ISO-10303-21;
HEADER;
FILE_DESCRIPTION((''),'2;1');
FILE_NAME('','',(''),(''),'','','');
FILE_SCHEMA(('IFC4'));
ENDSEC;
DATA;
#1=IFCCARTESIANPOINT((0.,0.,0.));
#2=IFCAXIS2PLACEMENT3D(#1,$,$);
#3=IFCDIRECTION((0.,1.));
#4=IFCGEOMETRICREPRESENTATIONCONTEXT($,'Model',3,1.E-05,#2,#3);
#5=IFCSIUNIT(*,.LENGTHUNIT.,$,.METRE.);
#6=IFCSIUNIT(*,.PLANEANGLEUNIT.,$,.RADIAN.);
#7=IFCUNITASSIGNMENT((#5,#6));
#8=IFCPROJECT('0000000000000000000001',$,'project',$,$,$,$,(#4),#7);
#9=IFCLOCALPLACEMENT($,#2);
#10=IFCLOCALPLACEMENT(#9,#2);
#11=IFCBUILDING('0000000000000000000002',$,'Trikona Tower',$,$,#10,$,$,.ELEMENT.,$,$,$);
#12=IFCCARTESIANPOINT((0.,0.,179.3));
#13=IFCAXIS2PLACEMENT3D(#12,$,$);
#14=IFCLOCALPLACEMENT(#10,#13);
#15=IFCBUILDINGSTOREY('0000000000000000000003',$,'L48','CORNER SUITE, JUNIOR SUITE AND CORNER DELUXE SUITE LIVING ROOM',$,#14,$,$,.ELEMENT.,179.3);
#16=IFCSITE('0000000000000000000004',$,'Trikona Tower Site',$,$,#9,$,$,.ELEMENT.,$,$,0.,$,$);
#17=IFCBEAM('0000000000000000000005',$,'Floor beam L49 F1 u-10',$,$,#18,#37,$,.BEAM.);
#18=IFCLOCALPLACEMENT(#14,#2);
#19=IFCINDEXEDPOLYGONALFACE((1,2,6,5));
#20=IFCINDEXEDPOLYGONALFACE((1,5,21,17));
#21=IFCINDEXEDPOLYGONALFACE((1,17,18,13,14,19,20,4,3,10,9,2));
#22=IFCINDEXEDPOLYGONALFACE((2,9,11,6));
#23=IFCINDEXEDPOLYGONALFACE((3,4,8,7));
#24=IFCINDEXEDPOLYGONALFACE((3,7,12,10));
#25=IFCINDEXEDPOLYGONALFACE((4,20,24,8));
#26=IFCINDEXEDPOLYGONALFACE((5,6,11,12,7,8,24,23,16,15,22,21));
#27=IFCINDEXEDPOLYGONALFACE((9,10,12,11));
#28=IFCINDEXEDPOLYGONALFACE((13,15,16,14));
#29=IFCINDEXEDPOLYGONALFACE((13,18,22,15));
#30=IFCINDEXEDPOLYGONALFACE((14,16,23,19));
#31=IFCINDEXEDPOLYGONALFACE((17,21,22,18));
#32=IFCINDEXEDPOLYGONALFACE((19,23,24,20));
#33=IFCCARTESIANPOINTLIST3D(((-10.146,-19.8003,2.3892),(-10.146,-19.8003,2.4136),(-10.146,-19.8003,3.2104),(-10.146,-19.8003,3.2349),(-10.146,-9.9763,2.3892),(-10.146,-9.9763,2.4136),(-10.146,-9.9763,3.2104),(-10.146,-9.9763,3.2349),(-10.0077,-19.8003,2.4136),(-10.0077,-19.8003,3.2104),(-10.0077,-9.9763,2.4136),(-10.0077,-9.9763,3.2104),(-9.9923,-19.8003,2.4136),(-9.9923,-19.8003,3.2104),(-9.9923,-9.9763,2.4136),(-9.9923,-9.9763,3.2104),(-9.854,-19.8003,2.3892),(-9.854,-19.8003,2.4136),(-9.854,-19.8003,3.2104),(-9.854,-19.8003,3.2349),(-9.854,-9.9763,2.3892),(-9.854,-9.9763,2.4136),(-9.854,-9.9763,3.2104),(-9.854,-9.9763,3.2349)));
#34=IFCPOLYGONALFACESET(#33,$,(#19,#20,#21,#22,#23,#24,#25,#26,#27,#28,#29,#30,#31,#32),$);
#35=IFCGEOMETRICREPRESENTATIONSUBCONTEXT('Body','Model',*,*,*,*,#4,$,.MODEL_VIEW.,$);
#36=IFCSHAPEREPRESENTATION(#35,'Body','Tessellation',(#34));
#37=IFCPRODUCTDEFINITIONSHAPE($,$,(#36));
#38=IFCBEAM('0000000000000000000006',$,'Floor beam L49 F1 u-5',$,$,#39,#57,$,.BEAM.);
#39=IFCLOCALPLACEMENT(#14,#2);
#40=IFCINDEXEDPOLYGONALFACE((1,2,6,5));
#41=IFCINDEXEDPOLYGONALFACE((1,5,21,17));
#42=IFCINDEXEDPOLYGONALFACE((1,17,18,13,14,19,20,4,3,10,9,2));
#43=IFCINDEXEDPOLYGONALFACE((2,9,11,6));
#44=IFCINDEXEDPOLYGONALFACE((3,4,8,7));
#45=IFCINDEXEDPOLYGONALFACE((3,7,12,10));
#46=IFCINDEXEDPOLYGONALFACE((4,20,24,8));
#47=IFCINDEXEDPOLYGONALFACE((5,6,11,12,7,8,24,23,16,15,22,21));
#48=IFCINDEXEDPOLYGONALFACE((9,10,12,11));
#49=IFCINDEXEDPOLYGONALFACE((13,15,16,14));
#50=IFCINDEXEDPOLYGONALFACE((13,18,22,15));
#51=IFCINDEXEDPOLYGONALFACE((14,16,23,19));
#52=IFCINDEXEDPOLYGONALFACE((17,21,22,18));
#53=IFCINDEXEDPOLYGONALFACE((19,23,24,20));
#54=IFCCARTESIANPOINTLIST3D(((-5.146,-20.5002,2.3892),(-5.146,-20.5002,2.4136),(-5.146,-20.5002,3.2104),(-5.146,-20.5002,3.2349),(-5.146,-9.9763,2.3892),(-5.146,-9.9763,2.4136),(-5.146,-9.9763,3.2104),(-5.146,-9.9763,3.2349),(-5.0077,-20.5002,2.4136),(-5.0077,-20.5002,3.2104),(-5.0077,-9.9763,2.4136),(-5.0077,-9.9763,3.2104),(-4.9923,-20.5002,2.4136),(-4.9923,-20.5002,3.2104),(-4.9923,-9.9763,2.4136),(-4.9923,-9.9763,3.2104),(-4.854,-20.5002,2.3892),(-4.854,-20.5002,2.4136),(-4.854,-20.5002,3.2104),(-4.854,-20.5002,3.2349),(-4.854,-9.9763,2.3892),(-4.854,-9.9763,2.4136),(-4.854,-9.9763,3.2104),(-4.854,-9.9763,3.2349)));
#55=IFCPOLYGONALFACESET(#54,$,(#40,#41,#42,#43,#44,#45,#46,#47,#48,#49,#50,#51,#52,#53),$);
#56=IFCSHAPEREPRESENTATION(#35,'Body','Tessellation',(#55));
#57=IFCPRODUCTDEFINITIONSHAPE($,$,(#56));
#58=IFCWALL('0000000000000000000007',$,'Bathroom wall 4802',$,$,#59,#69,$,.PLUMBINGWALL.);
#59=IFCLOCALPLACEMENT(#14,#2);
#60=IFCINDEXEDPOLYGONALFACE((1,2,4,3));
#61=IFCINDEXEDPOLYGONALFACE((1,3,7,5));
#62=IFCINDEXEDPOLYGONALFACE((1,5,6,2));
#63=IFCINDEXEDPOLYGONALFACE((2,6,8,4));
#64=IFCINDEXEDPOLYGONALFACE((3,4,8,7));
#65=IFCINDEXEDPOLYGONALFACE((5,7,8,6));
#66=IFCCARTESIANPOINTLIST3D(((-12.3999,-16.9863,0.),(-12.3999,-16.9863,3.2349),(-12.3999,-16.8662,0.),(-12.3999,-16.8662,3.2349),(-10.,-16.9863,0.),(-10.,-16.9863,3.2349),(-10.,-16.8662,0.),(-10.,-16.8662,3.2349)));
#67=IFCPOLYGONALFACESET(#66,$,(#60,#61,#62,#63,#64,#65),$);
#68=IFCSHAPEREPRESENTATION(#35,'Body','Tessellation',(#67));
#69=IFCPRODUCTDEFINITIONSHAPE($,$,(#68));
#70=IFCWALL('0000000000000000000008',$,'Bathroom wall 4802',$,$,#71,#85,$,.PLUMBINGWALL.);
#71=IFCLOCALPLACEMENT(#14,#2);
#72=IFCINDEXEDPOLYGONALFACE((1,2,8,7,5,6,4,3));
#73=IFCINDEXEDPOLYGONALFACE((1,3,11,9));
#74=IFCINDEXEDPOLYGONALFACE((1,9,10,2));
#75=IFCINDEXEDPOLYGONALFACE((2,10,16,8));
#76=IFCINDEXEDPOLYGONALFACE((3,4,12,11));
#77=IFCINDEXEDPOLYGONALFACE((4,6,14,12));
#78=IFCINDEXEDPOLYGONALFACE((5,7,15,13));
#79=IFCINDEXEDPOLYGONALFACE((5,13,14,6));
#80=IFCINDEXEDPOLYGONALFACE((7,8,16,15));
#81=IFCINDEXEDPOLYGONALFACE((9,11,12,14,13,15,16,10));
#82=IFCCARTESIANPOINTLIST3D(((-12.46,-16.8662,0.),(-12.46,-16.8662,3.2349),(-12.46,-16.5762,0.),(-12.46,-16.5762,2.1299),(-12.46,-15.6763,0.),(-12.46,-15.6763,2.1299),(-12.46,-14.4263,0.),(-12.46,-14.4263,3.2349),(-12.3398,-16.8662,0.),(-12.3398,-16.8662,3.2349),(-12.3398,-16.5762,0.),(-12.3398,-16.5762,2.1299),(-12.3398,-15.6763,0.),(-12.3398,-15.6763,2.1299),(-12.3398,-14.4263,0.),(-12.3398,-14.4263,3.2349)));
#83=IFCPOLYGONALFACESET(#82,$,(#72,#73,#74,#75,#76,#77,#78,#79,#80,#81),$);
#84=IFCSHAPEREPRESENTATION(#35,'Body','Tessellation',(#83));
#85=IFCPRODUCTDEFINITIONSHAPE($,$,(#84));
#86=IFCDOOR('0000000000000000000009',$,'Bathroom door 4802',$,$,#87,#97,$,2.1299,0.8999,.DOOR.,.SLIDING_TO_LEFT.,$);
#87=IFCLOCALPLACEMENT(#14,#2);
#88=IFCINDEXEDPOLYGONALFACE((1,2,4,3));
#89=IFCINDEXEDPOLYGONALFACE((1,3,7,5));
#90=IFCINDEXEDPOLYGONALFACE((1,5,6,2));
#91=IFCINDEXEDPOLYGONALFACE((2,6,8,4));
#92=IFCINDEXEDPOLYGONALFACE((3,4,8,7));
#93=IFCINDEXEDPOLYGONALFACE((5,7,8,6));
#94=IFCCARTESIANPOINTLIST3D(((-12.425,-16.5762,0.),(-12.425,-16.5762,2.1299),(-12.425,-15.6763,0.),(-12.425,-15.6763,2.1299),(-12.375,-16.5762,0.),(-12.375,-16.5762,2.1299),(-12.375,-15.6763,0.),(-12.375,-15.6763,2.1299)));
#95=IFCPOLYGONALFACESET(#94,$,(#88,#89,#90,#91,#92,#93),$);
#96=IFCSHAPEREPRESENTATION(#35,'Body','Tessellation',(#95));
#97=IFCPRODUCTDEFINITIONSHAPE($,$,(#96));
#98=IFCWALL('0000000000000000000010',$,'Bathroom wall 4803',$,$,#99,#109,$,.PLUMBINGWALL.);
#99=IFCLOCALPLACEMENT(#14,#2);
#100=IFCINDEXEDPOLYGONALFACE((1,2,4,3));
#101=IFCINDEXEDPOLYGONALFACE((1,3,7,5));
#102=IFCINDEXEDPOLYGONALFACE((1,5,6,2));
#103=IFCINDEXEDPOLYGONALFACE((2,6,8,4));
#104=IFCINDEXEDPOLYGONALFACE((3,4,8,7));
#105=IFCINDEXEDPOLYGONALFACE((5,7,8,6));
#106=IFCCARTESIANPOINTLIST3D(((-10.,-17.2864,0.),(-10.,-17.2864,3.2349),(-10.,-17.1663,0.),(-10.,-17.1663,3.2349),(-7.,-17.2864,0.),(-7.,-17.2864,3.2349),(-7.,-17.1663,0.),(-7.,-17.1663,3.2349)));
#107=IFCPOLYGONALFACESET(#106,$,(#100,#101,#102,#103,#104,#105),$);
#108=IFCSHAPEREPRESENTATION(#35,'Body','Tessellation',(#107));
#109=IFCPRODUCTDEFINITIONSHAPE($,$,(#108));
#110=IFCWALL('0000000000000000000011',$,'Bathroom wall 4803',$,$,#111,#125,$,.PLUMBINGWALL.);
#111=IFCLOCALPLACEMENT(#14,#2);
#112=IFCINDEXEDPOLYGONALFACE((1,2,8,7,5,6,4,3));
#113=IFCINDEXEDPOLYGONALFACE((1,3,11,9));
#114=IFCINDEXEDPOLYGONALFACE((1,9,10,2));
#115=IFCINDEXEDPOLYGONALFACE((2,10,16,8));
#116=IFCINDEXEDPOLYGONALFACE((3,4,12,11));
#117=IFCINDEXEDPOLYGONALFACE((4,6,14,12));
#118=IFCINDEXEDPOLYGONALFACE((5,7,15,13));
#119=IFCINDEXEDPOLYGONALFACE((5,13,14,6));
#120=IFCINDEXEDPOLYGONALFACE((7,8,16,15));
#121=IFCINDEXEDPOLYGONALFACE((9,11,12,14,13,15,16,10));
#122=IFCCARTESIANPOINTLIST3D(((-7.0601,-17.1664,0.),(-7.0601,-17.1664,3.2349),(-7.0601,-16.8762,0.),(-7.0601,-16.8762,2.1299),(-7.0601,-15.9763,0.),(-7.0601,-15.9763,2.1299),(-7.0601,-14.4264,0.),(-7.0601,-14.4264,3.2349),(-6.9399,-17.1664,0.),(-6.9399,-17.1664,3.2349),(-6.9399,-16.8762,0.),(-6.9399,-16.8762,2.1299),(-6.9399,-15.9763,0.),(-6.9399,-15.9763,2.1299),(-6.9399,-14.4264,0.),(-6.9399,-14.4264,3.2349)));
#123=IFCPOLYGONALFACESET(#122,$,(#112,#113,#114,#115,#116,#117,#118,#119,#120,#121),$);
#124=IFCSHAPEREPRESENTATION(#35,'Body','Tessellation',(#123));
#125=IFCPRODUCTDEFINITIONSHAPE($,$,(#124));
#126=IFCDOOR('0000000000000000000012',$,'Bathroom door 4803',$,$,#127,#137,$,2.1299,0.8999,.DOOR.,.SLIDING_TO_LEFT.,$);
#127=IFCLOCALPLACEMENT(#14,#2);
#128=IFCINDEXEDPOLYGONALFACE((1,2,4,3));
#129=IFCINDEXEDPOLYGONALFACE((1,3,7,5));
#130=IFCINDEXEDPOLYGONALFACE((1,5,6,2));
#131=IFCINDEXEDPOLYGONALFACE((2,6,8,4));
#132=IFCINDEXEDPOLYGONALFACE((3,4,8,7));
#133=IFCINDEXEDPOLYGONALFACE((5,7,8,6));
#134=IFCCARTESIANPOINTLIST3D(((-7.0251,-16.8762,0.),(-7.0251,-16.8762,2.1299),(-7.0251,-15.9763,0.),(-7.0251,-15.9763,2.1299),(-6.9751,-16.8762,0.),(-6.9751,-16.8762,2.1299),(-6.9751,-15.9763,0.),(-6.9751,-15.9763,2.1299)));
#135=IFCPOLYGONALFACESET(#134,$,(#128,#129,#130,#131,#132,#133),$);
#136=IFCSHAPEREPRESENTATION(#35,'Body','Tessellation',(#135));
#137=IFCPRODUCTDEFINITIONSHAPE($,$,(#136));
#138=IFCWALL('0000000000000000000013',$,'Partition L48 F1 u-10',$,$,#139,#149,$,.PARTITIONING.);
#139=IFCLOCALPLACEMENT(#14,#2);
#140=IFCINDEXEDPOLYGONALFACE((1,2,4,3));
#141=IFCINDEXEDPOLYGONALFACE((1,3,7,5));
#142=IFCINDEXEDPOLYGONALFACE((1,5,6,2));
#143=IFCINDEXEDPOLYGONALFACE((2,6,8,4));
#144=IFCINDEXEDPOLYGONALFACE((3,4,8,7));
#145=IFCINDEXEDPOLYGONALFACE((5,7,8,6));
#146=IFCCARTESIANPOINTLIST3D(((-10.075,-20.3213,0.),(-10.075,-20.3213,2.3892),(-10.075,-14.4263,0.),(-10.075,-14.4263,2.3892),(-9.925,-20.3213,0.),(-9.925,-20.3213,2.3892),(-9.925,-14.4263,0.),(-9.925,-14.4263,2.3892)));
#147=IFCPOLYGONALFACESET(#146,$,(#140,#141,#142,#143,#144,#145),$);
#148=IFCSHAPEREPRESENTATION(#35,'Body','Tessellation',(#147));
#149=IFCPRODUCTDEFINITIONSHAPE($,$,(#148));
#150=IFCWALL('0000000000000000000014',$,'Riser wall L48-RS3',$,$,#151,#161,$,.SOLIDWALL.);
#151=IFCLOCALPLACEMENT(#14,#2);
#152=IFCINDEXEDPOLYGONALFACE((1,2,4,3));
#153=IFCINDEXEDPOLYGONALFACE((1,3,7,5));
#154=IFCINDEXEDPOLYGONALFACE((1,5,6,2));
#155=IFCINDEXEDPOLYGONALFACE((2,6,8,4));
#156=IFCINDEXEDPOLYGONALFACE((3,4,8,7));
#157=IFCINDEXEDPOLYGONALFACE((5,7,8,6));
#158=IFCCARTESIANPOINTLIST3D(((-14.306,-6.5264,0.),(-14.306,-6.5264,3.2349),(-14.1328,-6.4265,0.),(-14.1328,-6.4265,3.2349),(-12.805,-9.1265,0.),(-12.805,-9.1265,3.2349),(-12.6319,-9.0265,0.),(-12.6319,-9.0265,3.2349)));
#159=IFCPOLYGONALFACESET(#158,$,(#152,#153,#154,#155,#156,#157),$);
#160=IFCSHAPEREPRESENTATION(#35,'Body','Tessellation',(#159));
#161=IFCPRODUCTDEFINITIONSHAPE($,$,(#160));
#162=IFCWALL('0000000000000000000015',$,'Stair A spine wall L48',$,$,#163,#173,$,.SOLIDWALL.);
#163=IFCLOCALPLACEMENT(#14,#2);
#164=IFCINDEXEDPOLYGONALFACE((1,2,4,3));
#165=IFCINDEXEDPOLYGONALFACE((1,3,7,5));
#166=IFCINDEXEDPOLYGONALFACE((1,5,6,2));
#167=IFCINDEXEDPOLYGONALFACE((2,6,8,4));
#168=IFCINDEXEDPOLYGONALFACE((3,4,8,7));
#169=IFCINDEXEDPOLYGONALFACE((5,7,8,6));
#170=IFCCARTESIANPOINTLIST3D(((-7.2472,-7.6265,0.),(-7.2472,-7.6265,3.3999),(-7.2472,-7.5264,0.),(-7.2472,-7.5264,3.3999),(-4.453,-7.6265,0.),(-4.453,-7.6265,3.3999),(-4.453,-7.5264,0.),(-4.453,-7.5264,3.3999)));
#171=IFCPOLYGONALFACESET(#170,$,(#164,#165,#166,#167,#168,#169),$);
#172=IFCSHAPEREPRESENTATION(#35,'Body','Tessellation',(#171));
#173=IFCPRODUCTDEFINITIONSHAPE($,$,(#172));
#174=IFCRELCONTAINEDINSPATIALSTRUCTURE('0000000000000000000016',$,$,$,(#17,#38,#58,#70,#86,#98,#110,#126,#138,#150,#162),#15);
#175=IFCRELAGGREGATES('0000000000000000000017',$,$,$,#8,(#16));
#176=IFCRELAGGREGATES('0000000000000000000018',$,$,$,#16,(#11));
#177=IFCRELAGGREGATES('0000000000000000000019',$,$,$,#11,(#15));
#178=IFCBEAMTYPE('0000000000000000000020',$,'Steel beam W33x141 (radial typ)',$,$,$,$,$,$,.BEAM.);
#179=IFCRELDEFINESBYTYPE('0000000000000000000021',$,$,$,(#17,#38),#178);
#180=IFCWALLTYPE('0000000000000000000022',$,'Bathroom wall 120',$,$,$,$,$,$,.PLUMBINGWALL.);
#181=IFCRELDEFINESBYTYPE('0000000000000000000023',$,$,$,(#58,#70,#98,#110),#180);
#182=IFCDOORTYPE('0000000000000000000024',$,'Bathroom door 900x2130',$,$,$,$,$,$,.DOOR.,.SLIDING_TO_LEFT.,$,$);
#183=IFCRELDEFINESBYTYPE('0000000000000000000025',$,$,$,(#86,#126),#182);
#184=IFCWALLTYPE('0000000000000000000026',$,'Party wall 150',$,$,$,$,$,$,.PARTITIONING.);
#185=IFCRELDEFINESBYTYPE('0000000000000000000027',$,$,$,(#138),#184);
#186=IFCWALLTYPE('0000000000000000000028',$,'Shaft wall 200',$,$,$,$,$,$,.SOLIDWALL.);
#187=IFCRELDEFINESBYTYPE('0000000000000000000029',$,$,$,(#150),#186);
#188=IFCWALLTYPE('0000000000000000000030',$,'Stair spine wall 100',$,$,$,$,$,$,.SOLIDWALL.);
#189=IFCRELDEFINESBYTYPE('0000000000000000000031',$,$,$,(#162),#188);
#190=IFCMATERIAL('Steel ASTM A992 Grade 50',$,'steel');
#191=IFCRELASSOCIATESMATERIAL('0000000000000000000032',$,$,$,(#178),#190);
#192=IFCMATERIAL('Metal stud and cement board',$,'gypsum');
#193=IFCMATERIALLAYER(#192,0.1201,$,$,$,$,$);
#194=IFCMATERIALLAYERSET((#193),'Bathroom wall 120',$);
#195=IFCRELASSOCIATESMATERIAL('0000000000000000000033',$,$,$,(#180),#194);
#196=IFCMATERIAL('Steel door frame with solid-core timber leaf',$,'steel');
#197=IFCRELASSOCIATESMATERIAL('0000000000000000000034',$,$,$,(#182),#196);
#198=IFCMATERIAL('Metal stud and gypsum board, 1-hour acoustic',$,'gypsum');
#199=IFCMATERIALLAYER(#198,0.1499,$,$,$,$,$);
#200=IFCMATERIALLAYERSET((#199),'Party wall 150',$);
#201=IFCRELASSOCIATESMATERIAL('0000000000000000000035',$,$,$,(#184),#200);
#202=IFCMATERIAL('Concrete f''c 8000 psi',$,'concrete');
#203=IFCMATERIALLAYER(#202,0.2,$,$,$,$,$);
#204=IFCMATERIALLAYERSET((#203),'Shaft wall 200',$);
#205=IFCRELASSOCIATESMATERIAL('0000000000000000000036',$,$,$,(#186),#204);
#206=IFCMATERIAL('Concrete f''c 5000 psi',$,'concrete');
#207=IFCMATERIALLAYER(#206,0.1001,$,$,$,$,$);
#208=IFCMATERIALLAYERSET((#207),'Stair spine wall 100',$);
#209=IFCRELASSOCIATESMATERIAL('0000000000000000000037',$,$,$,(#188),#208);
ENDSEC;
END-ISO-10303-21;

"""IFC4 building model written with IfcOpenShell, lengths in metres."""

from ifc_helpers import new_model, si_unit, direction, frame, frame_2d, origin, origin_2d, place, context, subcontext, project, spatial, rectangle, i_section, extrude, material, layer, layer_set, material_profile, profile_set, type_object, element, fill, save


model = new_model("IFC4")

# Units and contexts
model_context = context("Model", 3, precision=1e-05, world=origin(), true_north=direction((0.0, 1.0)))
body_context = subcontext(model_context, "Body", "Model", "MODEL_VIEW")
ifc_project = project(units=[si_unit("LENGTHUNIT", "METRE"), si_unit("PLANEANGLEUNIT", "RADIAN")], contexts=[model_context])

# Site, building, storey
site_placement = place(None, origin())
site = spatial("IfcSite", under=ifc_project, at=site_placement, Name="Trikona Tower Site", CompositionType="ELEMENT", RefElevation=0.0)
building_placement = place(site_placement, origin())
building = spatial("IfcBuilding", under=site, at=building_placement, Name="Trikona Tower", CompositionType="ELEMENT")
storey_placement = place(building_placement, frame((0.0, 0.0, 179.3)))
storey = spatial("IfcBuildingStorey", under=building, at=storey_placement, Name="L48", Description="CORNER SUITE, JUNIOR SUITE AND CORNER DELUXE SUITE LIVING ROOM", CompositionType="ELEMENT", Elevation=179.3)

# Beams
ifc_material_1 = material(Name="Steel ASTM A992 Grade 50", Category="steel")
ifc_material_profile = material_profile(ifc_material_1, i_section(OverallWidth=0.292, OverallDepth=0.8457, WebThickness=0.0154, FlangeThickness=0.0244, at=origin_2d()), Name="W33X141")
ifc_profile_set = profile_set([ifc_material_profile], Name="Steel ASTM A992 Grade 50")
beam_type = type_object("IfcBeamType", Name="Steel beam W33x141 (radial typ)", PredefinedType="BEAM", material=ifc_profile_set)
beam_1_placement = place(storey_placement, frame((-10.0, -9.9763, 2.812), z_axis=(0.0, -1.0, 0.0), x_axis=(1.0, 0.0, 0.0)))
element("IfcBeam", 1, at=beam_1_placement, inside=storey, type_object=beam_type, Name="Floor beam L49 F1 u-10", PredefinedType="BEAM", context=body_context, shape_type="SweptSolid", body=[
    extrude(i_section(OverallWidth=0.292, OverallDepth=0.8457, WebThickness=0.0154, FlangeThickness=0.0244, at=origin_2d()), origin(), (0.0, 0.0, 1.0), 9.824),
])
beam_2_placement = place(storey_placement, frame((-5.0, -9.9763, 2.812), z_axis=(0.0, -1.0, 0.0), x_axis=(1.0, 0.0, 0.0)))
element("IfcBeam", 2, at=beam_2_placement, inside=storey, type_object=beam_type, Name="Floor beam L49 F1 u-5", PredefinedType="BEAM", context=body_context, shape_type="SweptSolid", body=[
    extrude(i_section(OverallWidth=0.292, OverallDepth=0.8457, WebThickness=0.0154, FlangeThickness=0.0244, at=origin_2d()), origin(), (0.0, 0.0, 1.0), 10.5239),
])

# Wall
ifc_material_2 = material(Name="Metal stud and cement board", Category="gypsum")
ifc_layer_1 = layer(ifc_material_2, 0.1201)
ifc_layer_set_1 = layer_set([ifc_layer_1], Name="Bathroom wall 120")
wall_type_1 = type_object("IfcWallType", Name="Bathroom wall 120", PredefinedType="PLUMBINGWALL", material=ifc_layer_set_1)
wall_1_placement = place(storey_placement, frame((-12.3999, -16.9263, 0.0), z_axis=(0.0, 0.0, 1.0), x_axis=(1.0, 0.0, 0.0)))
element("IfcWall", 3, at=wall_1_placement, inside=storey, type_object=wall_type_1, Name="Bathroom wall 4802", PredefinedType="PLUMBINGWALL", context=body_context, shape_type="SweptSolid", body=[
    extrude(rectangle(XDim=2.3999, YDim=0.1201, at=frame_2d((1.2, 0.0))), origin(), (0.0, 0.0, 1.0), 3.2349),
])

# Wall, opening, door
wall_2_placement = place(storey_placement, frame((-12.3999, -14.4263, 0.0), z_axis=(0.0, 0.0, 1.0), x_axis=(0.0, -1.0, 0.0)))
wall_2 = element("IfcWall", 4, at=wall_2_placement, inside=storey, type_object=wall_type_1, Name="Bathroom wall 4802", PredefinedType="PLUMBINGWALL", context=body_context, shape_type="SweptSolid", body=[
    extrude(rectangle(XDim=2.4399, YDim=0.1201, at=frame_2d((1.22, 0.0))), origin(), (0.0, 0.0, 1.0), 3.2349),
])
opening_1_placement = place(wall_2_placement, frame((1.25, 0.0, 0.0)))
opening_1 = element("IfcOpeningElement", 5, at=opening_1_placement, cuts=wall_2, PredefinedType="OPENING", context=body_context, shape_type="SweptSolid", body=[
    extrude(rectangle(XDim=0.8999, YDim=2.1299, at=frame_2d((0.45, 1.0649))), frame((0.0, 0.0701, 0.0), z_axis=(0.0, -1.0, 0.0), x_axis=(1.0, 0.0, 0.0)), (0.0, 0.0, 1.0), 0.1401),
])
ifc_material_3 = material(Name="Steel door frame with solid-core timber leaf", Category="steel")
door_type_1 = type_object("IfcDoorType", Name="Bathroom door 900x2130", OperationType="SLIDING_TO_LEFT", PredefinedType="DOOR", material=ifc_material_3)
door_1_placement = place(opening_1_placement, origin())
door_1 = element("IfcDoor", 6, at=door_1_placement, inside=storey, type_object=door_type_1, Name="Bathroom door 4802", OperationType="SLIDING_TO_LEFT", OverallHeight=2.1299, OverallWidth=0.8999, PredefinedType="DOOR", context=body_context, shape_type="SweptSolid", body=[
    extrude(rectangle(XDim=0.8999, YDim=2.1299, at=frame_2d((0.45, 1.0649))), frame((0.0, 0.0249, 0.0), z_axis=(0.0, -1.0, 0.0), x_axis=(1.0, 0.0, 0.0)), (0.0, 0.0, 1.0), 0.05),
])
fill(opening_1, door_1)

# Wall
wall_3_placement = place(storey_placement, frame((-10.0, -17.2263, 0.0), z_axis=(0.0, 0.0, 1.0), x_axis=(1.0, 0.0, 0.0)))
element("IfcWall", 7, at=wall_3_placement, inside=storey, type_object=wall_type_1, Name="Bathroom wall 4803", PredefinedType="PLUMBINGWALL", context=body_context, shape_type="SweptSolid", body=[
    extrude(rectangle(XDim=3.0, YDim=0.1201, at=frame_2d((1.5, 0.0))), origin(), (0.0, 0.0, 1.0), 3.2349),
])

# Wall, opening, door
wall_4_placement = place(storey_placement, frame((-7.0, -14.4263, 0.0), z_axis=(0.0, 0.0, 1.0), x_axis=(0.0, -1.0, 0.0)))
wall_4 = element("IfcWall", 8, at=wall_4_placement, inside=storey, type_object=wall_type_1, Name="Bathroom wall 4803", PredefinedType="PLUMBINGWALL", context=body_context, shape_type="SweptSolid", body=[
    extrude(rectangle(XDim=2.74, YDim=0.1201, at=frame_2d((1.3701, 0.0))), origin(), (0.0, 0.0, 1.0), 3.2349),
])
opening_2_placement = place(wall_4_placement, frame((1.55, 0.0, 0.0)))
opening_2 = element("IfcOpeningElement", 9, at=opening_2_placement, cuts=wall_4, PredefinedType="OPENING", context=body_context, shape_type="SweptSolid", body=[
    extrude(rectangle(XDim=0.8999, YDim=2.1299, at=frame_2d((0.45, 1.0649))), frame((0.0, 0.0701, 0.0), z_axis=(0.0, -1.0, 0.0), x_axis=(1.0, 0.0, 0.0)), (0.0, 0.0, 1.0), 0.1401),
])
door_2_placement = place(opening_2_placement, origin())
door_2 = element("IfcDoor", 10, at=door_2_placement, inside=storey, type_object=door_type_1, Name="Bathroom door 4803", OperationType="SLIDING_TO_LEFT", OverallHeight=2.1299, OverallWidth=0.8999, PredefinedType="DOOR", context=body_context, shape_type="SweptSolid", body=[
    extrude(rectangle(XDim=0.8999, YDim=2.1299, at=frame_2d((0.45, 1.0649))), frame((0.0, 0.0249, 0.0), z_axis=(0.0, -1.0, 0.0), x_axis=(1.0, 0.0, 0.0)), (0.0, 0.0, 1.0), 0.05),
])
fill(opening_2, door_2)

# Walls
ifc_material_4 = material(Name="Metal stud and gypsum board, 1-hour acoustic", Category="gypsum")
ifc_layer_2 = layer(ifc_material_4, 0.1499)
ifc_layer_set_2 = layer_set([ifc_layer_2], Name="Party wall 150")
wall_type_2 = type_object("IfcWallType", Name="Party wall 150", PredefinedType="PARTITIONING", material=ifc_layer_set_2)
wall_5_placement = place(storey_placement, frame((-10.0, -14.4263, 0.0), z_axis=(0.0, 0.0, 1.0), x_axis=(0.0, -1.0, 0.0)))
element("IfcWall", 11, at=wall_5_placement, inside=storey, type_object=wall_type_2, Name="Partition L48 F1 u-10", PredefinedType="PARTITIONING", context=body_context, shape_type="SweptSolid", body=[
    extrude(rectangle(XDim=5.895, YDim=0.1499, at=frame_2d((2.9475, 0.0))), origin(), (0.0, 0.0, 1.0), 2.3892),
])
ifc_material_5 = material(Name="Concrete f'c 8000 psi", Category="concrete")
ifc_layer_3 = layer(ifc_material_5, 0.2)
ifc_layer_set_3 = layer_set([ifc_layer_3], Name="Shaft wall 200")
wall_type_3 = type_object("IfcWallType", Name="Shaft wall 200", PredefinedType="SOLIDWALL", material=ifc_layer_set_3)
wall_6_placement = place(storey_placement, frame((-12.7185, -9.0764, 0.0), z_axis=(0.0, 0.0, 1.0), x_axis=(-0.499952, 0.866053, 0.0)))
element("IfcWall", 12, at=wall_6_placement, inside=storey, type_object=wall_type_3, Name="Riser wall L48-RS3", PredefinedType="SOLIDWALL", context=body_context, shape_type="SweptSolid", body=[
    extrude(rectangle(XDim=3.0022, YDim=0.2, at=frame_2d((1.501, 0.0))), origin(), (0.0, 0.0, 1.0), 3.2349),
])
ifc_material_6 = material(Name="Concrete f'c 5000 psi", Category="concrete")
ifc_layer_4 = layer(ifc_material_6, 0.1001)
ifc_layer_set_4 = layer_set([ifc_layer_4], Name="Stair spine wall 100")
wall_type_4 = type_object("IfcWallType", Name="Stair spine wall 100", PredefinedType="SOLIDWALL", material=ifc_layer_set_4)
wall_7_placement = place(storey_placement, frame((-7.2471, -7.5764, 0.0), z_axis=(0.0, 0.0, 1.0), x_axis=(1.0, 0.0, 0.0)))
element("IfcWall", 13, at=wall_7_placement, inside=storey, type_object=wall_type_4, Name="Stair A spine wall L48", PredefinedType="SOLIDWALL", context=body_context, shape_type="SweptSolid", body=[
    extrude(rectangle(XDim=2.7942, YDim=0.1001, at=frame_2d((1.397, 0.0))), origin(), (0.0, 0.0, 1.0), 3.3999),
])

save(model, "model.ifc")
